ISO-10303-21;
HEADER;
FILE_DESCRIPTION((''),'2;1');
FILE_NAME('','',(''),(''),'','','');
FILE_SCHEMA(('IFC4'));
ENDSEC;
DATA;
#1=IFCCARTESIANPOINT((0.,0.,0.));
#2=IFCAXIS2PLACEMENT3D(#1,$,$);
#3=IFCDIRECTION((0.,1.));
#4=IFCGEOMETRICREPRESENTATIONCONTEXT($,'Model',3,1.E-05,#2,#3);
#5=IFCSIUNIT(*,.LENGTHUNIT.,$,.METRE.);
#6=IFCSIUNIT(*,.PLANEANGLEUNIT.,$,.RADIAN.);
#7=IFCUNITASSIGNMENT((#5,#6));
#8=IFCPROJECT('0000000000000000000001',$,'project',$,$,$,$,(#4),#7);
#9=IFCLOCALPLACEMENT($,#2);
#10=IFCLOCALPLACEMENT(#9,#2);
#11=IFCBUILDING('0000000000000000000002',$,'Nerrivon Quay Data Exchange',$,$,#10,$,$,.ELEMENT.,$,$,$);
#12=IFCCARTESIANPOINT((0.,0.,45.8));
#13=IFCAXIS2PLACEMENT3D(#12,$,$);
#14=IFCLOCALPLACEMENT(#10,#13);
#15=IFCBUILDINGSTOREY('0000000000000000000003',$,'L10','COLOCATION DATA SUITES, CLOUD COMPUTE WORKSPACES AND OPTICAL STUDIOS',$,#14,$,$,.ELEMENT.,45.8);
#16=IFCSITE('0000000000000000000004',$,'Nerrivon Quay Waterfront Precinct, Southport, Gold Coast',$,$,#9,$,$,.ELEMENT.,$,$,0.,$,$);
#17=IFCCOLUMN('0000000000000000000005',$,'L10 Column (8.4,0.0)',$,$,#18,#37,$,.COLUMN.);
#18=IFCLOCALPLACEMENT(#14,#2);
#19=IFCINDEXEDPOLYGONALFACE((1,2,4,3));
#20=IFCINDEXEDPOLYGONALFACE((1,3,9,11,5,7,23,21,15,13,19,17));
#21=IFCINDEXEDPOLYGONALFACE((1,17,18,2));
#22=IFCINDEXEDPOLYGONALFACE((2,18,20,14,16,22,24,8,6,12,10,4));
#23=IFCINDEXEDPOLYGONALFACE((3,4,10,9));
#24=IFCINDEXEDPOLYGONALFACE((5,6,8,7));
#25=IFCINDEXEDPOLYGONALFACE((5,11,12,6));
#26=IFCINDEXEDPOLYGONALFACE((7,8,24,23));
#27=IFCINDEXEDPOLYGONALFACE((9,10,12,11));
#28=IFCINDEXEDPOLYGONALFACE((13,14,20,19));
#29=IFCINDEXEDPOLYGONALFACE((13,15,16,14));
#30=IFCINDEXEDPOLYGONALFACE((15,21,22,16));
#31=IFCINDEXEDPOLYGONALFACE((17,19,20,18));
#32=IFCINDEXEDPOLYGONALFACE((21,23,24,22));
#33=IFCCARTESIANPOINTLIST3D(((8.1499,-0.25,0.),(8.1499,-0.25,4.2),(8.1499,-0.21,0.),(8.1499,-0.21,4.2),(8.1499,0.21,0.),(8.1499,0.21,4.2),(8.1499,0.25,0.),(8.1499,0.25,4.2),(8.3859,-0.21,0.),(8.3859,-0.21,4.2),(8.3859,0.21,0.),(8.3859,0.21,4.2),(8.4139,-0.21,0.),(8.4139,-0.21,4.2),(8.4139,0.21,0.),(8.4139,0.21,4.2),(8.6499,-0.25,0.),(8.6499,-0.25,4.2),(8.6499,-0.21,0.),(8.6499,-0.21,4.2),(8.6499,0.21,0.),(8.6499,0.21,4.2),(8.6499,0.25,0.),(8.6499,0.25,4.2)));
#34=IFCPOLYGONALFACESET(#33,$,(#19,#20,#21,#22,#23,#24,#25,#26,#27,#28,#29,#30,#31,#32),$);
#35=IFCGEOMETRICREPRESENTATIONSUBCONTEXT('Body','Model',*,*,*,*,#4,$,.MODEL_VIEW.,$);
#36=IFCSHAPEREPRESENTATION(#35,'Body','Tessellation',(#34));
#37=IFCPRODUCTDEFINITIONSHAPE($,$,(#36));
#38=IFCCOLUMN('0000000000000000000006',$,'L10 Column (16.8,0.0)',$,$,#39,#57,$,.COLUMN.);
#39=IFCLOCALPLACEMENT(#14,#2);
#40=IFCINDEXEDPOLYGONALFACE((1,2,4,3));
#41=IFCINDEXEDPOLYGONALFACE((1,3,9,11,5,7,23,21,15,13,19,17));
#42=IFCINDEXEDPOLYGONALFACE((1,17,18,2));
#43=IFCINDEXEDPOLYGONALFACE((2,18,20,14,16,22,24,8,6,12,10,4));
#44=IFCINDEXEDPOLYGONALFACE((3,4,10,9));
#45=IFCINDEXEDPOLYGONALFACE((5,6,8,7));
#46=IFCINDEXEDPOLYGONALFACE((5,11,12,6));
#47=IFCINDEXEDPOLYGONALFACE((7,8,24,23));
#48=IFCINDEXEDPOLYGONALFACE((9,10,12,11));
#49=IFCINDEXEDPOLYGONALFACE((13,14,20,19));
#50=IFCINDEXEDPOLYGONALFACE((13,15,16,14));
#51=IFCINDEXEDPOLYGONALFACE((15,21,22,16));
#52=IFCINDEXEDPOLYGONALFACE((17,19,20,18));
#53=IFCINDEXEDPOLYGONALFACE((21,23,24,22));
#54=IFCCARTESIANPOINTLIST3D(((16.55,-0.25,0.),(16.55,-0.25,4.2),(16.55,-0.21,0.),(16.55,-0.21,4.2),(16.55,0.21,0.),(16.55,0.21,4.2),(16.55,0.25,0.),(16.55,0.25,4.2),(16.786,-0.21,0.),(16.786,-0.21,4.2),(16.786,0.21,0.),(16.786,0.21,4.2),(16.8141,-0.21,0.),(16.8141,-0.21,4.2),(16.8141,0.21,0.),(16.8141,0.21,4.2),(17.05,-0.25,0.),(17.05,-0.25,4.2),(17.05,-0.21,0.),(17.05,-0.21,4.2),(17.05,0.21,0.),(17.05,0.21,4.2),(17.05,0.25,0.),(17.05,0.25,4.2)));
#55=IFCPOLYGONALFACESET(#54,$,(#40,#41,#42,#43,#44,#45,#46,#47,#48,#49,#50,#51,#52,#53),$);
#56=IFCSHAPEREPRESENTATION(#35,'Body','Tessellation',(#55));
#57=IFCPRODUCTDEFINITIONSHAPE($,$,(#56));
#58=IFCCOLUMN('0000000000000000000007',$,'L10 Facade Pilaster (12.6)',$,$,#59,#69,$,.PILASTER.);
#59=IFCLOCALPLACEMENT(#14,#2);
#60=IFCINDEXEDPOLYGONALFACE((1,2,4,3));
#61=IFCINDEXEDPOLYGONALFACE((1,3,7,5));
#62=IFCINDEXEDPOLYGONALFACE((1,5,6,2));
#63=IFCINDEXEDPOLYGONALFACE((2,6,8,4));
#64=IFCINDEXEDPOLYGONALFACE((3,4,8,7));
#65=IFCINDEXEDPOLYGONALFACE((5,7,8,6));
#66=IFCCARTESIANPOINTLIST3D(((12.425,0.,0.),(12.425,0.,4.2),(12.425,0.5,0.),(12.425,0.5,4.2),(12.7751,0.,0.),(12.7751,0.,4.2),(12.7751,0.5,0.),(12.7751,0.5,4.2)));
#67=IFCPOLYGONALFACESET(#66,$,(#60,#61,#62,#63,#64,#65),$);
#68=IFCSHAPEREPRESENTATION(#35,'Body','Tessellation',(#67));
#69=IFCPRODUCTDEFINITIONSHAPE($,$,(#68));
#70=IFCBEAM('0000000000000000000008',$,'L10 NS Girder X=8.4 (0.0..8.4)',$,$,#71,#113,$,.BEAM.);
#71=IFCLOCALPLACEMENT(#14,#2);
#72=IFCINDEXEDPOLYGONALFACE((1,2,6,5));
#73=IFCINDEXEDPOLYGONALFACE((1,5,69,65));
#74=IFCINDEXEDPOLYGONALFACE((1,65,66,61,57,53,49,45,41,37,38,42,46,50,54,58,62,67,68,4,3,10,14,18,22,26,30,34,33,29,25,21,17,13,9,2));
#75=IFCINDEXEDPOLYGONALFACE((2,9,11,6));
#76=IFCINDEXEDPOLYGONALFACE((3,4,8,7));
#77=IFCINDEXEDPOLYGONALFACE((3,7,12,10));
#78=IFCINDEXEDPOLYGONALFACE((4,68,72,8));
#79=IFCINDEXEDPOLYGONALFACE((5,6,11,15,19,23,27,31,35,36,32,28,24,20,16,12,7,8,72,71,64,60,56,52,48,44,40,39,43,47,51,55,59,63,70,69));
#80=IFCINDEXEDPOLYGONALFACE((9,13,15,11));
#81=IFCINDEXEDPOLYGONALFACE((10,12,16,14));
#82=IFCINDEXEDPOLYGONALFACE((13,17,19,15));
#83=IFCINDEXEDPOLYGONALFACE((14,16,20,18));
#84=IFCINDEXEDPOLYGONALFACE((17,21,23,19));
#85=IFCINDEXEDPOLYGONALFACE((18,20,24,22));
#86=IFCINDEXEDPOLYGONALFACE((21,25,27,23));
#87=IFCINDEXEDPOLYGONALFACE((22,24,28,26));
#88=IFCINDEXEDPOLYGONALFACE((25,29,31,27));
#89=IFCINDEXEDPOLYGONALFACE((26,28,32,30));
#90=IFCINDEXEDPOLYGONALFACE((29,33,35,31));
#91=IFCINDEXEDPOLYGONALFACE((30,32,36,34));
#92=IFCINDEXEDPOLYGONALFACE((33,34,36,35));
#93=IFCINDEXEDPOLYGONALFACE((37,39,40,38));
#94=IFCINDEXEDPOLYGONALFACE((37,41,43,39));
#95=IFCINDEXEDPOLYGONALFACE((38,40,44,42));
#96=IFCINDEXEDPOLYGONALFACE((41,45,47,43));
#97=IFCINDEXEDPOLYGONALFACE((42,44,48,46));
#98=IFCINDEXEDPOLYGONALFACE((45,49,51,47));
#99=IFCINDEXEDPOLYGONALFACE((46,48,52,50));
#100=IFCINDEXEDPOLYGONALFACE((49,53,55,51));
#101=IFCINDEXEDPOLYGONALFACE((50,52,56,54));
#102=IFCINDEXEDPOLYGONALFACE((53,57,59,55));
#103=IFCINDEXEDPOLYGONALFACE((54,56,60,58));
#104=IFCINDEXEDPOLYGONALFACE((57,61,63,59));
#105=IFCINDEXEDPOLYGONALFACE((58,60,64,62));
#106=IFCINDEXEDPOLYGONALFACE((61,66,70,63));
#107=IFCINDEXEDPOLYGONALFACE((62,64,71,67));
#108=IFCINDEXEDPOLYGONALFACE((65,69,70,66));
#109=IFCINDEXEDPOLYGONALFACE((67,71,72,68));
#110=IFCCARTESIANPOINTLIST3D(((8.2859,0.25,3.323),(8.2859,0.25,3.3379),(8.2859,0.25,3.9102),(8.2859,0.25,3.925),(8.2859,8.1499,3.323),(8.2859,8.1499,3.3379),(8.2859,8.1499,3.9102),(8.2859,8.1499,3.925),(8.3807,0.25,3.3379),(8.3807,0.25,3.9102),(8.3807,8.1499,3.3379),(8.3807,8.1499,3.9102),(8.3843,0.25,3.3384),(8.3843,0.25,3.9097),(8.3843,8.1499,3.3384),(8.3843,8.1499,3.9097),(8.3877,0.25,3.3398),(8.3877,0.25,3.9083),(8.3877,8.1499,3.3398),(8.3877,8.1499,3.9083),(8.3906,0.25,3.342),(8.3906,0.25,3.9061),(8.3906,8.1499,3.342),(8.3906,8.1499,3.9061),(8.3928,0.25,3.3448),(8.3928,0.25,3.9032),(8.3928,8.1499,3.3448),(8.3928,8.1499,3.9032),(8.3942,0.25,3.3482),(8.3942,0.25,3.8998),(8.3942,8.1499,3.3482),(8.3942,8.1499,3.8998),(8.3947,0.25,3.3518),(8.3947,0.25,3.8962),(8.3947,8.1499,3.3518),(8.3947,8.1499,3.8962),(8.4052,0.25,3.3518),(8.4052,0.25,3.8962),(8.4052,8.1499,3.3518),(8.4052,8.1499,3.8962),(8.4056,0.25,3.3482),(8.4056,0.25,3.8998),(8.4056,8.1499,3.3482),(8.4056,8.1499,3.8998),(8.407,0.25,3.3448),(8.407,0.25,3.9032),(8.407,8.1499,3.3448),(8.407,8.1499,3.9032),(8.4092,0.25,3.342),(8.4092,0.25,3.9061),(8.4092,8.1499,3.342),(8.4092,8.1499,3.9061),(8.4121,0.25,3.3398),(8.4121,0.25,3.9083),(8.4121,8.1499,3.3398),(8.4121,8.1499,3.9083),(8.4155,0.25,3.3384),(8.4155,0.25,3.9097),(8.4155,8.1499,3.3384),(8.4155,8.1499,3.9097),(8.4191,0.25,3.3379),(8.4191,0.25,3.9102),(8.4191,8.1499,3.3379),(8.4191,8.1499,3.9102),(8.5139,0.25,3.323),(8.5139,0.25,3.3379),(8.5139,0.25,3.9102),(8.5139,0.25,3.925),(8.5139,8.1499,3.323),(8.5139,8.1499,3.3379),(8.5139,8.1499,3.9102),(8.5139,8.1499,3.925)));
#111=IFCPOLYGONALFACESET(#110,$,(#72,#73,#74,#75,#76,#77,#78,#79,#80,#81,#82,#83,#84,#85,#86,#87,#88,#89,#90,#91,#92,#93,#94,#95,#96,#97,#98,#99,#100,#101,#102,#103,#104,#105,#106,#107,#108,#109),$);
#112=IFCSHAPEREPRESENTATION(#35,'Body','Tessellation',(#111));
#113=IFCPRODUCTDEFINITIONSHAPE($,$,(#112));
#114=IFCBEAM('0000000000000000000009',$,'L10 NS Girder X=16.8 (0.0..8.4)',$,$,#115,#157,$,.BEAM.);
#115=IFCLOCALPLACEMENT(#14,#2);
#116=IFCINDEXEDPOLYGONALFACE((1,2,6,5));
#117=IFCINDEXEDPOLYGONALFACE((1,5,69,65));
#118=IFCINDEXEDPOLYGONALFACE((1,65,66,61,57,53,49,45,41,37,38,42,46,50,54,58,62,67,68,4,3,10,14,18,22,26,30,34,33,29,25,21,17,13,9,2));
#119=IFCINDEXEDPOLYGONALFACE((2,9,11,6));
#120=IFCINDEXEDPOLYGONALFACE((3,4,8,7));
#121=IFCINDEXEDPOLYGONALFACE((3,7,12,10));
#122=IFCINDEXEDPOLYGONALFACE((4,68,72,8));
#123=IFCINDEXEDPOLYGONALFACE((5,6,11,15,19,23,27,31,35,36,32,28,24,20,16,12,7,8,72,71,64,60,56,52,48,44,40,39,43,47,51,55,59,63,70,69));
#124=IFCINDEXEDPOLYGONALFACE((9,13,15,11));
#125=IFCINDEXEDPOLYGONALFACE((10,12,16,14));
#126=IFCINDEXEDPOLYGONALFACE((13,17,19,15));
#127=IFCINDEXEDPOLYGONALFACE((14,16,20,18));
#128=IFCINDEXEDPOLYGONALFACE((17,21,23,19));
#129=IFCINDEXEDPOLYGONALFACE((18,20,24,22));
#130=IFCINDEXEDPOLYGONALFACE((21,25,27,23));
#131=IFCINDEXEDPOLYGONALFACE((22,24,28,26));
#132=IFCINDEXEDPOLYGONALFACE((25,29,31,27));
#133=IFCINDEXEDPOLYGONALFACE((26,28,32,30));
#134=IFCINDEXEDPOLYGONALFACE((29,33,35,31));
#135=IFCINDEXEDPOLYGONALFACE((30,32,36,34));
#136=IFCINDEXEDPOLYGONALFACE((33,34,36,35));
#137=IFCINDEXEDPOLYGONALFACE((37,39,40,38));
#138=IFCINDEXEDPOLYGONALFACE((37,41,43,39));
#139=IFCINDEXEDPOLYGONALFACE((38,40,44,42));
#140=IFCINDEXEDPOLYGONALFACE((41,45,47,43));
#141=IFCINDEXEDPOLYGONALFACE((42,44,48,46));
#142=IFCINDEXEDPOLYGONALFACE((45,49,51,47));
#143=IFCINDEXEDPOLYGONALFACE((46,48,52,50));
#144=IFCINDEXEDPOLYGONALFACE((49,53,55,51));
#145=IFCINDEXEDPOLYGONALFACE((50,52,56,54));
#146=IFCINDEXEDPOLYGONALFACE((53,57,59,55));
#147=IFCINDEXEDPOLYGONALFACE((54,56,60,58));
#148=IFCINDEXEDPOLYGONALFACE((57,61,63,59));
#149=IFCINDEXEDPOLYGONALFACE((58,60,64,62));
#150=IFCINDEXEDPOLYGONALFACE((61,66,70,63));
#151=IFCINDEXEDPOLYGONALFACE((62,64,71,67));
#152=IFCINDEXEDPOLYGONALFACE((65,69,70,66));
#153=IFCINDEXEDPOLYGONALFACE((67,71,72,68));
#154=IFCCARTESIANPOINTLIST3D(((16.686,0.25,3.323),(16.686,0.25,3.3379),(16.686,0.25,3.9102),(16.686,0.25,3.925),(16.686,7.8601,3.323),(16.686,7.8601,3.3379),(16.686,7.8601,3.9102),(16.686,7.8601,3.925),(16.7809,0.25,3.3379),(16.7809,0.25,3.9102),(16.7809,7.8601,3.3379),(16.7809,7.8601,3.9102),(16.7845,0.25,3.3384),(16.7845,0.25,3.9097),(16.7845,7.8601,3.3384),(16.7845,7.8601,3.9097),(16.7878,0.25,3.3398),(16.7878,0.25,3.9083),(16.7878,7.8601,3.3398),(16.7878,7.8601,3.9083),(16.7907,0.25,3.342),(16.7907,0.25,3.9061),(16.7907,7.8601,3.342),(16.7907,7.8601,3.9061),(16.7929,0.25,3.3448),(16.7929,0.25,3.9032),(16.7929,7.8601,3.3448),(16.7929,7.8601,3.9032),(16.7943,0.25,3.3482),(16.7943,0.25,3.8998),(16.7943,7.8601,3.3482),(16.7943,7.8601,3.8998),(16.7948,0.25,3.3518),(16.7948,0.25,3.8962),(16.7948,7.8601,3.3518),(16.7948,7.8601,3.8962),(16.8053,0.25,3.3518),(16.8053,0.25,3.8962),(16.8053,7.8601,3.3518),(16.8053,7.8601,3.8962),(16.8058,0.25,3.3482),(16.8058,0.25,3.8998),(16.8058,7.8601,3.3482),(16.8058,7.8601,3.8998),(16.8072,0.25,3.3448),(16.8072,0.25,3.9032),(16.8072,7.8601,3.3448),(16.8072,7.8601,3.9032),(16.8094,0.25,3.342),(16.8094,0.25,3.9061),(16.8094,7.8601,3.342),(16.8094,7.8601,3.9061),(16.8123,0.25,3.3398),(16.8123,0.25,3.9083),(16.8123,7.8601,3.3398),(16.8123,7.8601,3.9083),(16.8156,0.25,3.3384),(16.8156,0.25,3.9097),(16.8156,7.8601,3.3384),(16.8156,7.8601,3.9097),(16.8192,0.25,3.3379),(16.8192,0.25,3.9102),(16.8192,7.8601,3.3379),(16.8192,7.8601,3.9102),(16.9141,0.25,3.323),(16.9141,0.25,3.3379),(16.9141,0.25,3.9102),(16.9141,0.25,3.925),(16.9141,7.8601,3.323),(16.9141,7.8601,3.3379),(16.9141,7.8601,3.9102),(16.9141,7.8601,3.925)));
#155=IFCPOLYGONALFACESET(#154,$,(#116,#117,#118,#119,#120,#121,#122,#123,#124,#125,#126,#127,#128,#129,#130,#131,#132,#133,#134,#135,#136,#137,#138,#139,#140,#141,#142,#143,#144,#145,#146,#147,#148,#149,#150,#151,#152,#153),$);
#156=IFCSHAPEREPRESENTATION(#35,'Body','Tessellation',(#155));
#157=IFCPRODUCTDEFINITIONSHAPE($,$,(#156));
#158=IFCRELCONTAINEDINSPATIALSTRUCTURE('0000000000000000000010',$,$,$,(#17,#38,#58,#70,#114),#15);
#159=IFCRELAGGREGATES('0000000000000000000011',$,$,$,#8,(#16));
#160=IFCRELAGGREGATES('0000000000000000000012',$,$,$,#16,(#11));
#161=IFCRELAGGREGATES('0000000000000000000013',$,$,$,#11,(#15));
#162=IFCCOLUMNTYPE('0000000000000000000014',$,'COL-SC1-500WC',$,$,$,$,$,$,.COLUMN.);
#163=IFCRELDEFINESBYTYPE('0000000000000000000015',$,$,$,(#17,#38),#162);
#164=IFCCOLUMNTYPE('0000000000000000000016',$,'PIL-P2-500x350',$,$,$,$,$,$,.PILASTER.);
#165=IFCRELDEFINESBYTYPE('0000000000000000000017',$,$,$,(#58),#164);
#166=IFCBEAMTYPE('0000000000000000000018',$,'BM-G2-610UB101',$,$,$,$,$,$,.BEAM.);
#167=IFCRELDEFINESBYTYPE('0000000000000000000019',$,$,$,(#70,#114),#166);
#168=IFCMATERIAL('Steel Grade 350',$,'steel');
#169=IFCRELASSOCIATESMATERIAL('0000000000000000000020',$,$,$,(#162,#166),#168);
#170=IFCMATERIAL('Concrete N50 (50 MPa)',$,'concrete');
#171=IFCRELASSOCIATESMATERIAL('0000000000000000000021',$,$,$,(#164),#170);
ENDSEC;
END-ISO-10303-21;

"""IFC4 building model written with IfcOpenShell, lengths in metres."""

from ifc_helpers import new_model, si_unit, direction, frame, origin, origin_2d, place, context, subcontext, project, spatial, rectangle, i_section, extrude, material, material_profile, profile_set, type_object, element, save


model = new_model("IFC4")

# Units and contexts
model_context = context("Model", 3, precision=1e-05, world=origin(), true_north=direction((0.0, 1.0)))
body_context = subcontext(model_context, "Body", "Model", "MODEL_VIEW")
ifc_project = project(units=[si_unit("LENGTHUNIT", "METRE"), si_unit("PLANEANGLEUNIT", "RADIAN")], contexts=[model_context])

# Site, building, storey
site_placement = place(None, origin())
site = spatial("IfcSite", under=ifc_project, at=site_placement, Name="Nerrivon Quay Waterfront Precinct, Southport, Gold Coast", CompositionType="ELEMENT", RefElevation=0.0)
building_placement = place(site_placement, origin())
building = spatial("IfcBuilding", under=site, at=building_placement, Name="Nerrivon Quay Data Exchange", CompositionType="ELEMENT")
storey_placement = place(building_placement, frame((0.0, 0.0, 45.8)))
storey = spatial("IfcBuildingStorey", under=building, at=storey_placement, Name="L10", Description="COLOCATION DATA SUITES, CLOUD COMPUTE WORKSPACES AND OPTICAL STUDIOS", CompositionType="ELEMENT", Elevation=45.8)

# Columns
ifc_material_1 = material(Name="Steel Grade 350", Category="steel")
ifc_material_profile_1 = material_profile(ifc_material_1, i_section(OverallWidth=0.5, OverallDepth=0.5, WebThickness=0.0281, FlangeThickness=0.04, at=origin_2d()), Name="500WC440")
ifc_profile_set_1 = profile_set([ifc_material_profile_1], Name="Steel Grade 350")
column_type_1 = type_object("IfcColumnType", Name="COL-SC1-500WC", PredefinedType="COLUMN", material=ifc_profile_set_1)
for number, where, z_axis, x_axis, name in (
    (1, (8.3999, 0.0, 0.0), (0.0, 0.0, 1.0), (1.0, 0.0, 0.0), "L10 Column (8.4,0.0)"),
    (2, (16.8, 0.0, 0.0), (0.0, 0.0, 1.0), (1.0, 0.0, 0.0), "L10 Column (16.8,0.0)"),
):
    element("IfcColumn", number, at=place(storey_placement, frame(where, z_axis=z_axis, x_axis=x_axis)), inside=storey, type_object=column_type_1, Name=name, PredefinedType="COLUMN", context=body_context, shape_type="SweptSolid", body=[
        extrude(i_section(OverallWidth=0.5, OverallDepth=0.5, WebThickness=0.0281, FlangeThickness=0.04, at=origin_2d()), origin(), (0.0, 0.0, 1.0), 4.2),
    ])
ifc_material_2 = material(Name="Concrete N50 (50 MPa)", Category="concrete")
ifc_material_profile_2 = material_profile(ifc_material_2, rectangle(XDim=0.3501, YDim=0.5, at=origin_2d()), Name="RC-PIL-500x350")
ifc_profile_set_2 = profile_set([ifc_material_profile_2], Name="Concrete N50 (50 MPa)")
column_type_2 = type_object("IfcColumnType", Name="PIL-P2-500x350", PredefinedType="PILASTER", material=ifc_profile_set_2)
column_placement = place(storey_placement, frame((12.6001, 0.25, 0.0), z_axis=(0.0, 0.0, 1.0), x_axis=(1.0, 0.0, 0.0)))
element("IfcColumn", 3, at=column_placement, inside=storey, type_object=column_type_2, Name="L10 Facade Pilaster (12.6)", PredefinedType="PILASTER", context=body_context, shape_type="SweptSolid", body=[
    extrude(rectangle(XDim=0.3501, YDim=0.5, at=origin_2d()), origin(), (0.0, 0.0, 1.0), 4.2),
])

# Beams
ifc_material_profile_3 = material_profile(ifc_material_1, i_section(OverallWidth=0.228, OverallDepth=0.6021, WebThickness=0.0105, FlangeThickness=0.0149, FilletRadius=0.0139, at=origin_2d()), Name="610UB101")
ifc_profile_set_3 = profile_set([ifc_material_profile_3], Name="Steel Grade 350")
beam_type_1 = type_object("IfcBeamType", Name="BM-G2-610UB101", PredefinedType="BEAM", material=ifc_profile_set_3)
beam_1_placement = place(storey_placement, frame((8.3999, 0.25, 3.624), z_axis=(0.0, 1.0, 0.0), x_axis=(-1.0, 0.0, 0.0)))
element("IfcBeam", 4, at=beam_1_placement, inside=storey, type_object=beam_type_1, Name="L10 NS Girder X=8.4 (0.0..8.4)", PredefinedType="BEAM", context=body_context, shape_type="SweptSolid", body=[
    extrude(i_section(OverallWidth=0.228, OverallDepth=0.6021, WebThickness=0.0105, FlangeThickness=0.0149, FilletRadius=0.0139, at=origin_2d()), origin(), (0.0, 0.0, 1.0), 7.8999),
])
beam_2_placement = place(storey_placement, frame((16.8, 0.25, 3.624), z_axis=(0.0, 1.0, 0.0), x_axis=(-1.0, 0.0, 0.0)))
element("IfcBeam", 5, at=beam_2_placement, inside=storey, type_object=beam_type_1, Name="L10 NS Girder X=16.8 (0.0..8.4)", PredefinedType="BEAM", context=body_context, shape_type="SweptSolid", body=[
    extrude(i_section(OverallWidth=0.228, OverallDepth=0.6021, WebThickness=0.0105, FlangeThickness=0.0149, FilletRadius=0.0139, at=origin_2d()), origin(), (0.0, 0.0, 1.0), 7.6101),
])

save(model, "model.ifc")
